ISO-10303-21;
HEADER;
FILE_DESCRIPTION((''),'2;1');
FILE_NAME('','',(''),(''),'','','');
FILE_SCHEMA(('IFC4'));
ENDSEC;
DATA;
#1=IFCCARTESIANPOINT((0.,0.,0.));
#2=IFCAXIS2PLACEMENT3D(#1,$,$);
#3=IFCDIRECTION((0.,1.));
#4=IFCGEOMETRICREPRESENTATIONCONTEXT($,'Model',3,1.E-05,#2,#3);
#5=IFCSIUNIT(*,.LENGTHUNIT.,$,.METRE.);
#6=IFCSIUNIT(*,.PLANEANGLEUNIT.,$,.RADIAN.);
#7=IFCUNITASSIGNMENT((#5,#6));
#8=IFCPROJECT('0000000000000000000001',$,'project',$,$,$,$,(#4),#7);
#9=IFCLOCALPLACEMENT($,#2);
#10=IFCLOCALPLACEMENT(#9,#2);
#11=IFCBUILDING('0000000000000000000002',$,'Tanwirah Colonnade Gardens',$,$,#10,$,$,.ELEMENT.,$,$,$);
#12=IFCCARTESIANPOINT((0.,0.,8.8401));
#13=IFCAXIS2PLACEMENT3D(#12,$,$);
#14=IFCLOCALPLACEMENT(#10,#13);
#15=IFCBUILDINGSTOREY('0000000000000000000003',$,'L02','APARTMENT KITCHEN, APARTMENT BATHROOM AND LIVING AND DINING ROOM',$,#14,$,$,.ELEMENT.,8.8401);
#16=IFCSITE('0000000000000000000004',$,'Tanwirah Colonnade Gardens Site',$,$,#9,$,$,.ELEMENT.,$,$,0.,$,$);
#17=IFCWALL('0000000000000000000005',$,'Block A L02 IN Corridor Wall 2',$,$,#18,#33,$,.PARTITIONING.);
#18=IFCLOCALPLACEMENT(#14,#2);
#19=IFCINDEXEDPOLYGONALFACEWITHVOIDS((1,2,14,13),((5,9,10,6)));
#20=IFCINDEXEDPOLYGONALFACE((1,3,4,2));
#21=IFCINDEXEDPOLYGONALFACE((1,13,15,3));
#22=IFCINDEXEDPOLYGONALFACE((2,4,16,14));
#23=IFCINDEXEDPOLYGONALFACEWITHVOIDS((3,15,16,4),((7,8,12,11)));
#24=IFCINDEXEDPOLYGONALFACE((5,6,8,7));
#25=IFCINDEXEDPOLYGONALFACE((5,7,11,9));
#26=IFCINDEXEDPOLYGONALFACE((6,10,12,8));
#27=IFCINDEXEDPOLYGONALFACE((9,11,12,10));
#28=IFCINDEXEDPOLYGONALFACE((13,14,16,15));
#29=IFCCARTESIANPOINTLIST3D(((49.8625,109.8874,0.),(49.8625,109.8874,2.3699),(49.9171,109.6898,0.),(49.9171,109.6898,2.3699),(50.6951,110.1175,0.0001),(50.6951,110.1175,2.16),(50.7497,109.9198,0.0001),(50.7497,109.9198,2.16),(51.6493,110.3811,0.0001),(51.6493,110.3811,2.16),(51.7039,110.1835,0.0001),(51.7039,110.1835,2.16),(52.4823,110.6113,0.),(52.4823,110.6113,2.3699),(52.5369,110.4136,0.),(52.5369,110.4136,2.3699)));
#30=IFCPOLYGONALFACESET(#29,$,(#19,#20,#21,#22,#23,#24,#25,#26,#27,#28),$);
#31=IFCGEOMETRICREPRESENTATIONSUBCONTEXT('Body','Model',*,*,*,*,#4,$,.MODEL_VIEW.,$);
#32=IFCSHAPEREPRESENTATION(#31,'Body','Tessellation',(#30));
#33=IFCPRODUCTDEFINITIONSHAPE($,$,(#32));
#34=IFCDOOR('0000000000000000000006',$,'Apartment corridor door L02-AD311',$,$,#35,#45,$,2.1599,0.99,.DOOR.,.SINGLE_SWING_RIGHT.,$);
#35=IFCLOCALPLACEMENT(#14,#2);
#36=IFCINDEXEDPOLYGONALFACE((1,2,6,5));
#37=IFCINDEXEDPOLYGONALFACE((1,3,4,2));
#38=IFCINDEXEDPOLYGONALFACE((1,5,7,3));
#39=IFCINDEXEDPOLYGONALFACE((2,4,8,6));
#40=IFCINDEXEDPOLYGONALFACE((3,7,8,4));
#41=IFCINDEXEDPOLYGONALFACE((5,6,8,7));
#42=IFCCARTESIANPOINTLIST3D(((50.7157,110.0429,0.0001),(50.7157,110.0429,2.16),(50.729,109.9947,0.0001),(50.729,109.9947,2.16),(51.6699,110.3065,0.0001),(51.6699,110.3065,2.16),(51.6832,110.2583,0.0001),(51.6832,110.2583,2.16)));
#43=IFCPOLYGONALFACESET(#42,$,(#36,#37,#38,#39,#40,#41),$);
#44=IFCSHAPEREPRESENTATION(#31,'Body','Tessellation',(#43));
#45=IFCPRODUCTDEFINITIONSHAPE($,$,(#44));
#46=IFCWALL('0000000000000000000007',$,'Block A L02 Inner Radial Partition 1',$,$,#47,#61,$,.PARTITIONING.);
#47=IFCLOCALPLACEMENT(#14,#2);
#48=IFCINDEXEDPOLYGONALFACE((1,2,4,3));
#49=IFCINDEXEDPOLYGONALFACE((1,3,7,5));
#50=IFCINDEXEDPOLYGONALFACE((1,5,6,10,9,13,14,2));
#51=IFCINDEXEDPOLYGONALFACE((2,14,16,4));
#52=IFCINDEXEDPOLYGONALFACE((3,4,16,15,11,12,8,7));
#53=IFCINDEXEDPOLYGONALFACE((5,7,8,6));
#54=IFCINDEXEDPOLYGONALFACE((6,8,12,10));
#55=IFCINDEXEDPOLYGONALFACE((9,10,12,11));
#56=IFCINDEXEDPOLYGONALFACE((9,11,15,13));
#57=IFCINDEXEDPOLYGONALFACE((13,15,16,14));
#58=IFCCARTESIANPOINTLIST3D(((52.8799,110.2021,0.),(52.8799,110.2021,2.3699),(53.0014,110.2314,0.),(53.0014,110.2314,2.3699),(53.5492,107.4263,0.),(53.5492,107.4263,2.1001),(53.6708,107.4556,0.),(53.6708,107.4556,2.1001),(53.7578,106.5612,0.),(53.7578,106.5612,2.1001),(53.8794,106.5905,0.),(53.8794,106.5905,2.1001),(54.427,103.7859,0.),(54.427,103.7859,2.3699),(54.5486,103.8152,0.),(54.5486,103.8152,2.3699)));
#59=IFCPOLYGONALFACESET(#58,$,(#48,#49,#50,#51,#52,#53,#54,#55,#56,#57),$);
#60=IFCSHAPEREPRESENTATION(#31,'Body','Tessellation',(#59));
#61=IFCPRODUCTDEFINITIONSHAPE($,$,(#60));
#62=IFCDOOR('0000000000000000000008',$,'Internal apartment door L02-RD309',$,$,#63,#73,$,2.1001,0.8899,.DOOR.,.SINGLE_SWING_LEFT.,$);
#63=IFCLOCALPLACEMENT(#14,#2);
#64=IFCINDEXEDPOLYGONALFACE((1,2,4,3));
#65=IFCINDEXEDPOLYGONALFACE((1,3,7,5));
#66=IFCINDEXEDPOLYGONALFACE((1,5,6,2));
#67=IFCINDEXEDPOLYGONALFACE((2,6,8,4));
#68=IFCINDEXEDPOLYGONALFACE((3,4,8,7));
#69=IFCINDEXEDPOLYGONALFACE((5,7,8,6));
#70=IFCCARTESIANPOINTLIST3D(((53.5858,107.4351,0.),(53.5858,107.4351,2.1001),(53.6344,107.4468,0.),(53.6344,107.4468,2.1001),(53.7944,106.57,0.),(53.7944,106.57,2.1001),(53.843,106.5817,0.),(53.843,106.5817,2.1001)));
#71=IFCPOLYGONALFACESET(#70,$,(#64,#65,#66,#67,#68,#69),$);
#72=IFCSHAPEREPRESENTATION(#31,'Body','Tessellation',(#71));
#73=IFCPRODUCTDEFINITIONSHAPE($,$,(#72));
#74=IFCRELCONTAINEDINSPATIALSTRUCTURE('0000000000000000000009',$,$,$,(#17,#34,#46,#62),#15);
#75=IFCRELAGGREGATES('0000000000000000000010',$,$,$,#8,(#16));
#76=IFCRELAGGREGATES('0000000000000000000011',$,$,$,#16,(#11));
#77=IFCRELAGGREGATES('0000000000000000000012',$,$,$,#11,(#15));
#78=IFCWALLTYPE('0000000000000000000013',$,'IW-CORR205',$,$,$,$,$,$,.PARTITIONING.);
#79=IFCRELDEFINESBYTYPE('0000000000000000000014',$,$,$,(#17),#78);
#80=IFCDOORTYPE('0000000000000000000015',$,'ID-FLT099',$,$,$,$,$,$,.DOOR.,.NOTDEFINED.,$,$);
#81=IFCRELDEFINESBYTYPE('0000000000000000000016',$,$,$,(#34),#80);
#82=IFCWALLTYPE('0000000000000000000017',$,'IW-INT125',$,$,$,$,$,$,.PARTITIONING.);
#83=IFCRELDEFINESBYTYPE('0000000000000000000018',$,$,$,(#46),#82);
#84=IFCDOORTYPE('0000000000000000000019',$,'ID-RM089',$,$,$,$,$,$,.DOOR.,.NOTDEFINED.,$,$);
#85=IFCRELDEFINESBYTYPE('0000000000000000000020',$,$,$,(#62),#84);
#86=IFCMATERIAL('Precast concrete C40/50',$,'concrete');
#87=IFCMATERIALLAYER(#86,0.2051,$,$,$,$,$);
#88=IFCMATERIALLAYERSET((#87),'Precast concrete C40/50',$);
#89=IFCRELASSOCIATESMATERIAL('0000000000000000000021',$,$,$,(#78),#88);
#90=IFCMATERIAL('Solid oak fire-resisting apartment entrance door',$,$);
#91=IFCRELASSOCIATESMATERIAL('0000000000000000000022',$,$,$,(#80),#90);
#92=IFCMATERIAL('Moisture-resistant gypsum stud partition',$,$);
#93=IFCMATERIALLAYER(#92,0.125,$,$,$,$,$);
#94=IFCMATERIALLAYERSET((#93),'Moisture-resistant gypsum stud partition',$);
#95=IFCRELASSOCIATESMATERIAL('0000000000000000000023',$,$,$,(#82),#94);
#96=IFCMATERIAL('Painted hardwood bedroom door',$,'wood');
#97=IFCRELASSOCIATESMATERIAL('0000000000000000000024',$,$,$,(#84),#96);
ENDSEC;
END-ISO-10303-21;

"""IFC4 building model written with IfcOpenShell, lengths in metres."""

from ifc_helpers import new_model, si_unit, direction, frame, frame_2d, origin, place, context, subcontext, project, spatial, rectangle, extrude, material, layer, layer_set, type_object, element, fill, save


model = new_model("IFC4")

# Units and contexts
model_context = context("Model", 3, precision=1e-05, world=origin(), true_north=direction((0.0, 1.0)))
body_context = subcontext(model_context, "Body", "Model", "MODEL_VIEW")
ifc_project = project(units=[si_unit("LENGTHUNIT", "METRE"), si_unit("PLANEANGLEUNIT", "RADIAN")], contexts=[model_context])

# Site, building, storey
site_placement = place(None, origin())
site = spatial("IfcSite", under=ifc_project, at=site_placement, Name="Tanwirah Colonnade Gardens Site", CompositionType="ELEMENT", RefElevation=0.0)
building_placement = place(site_placement, origin())
building = spatial("IfcBuilding", under=site, at=building_placement, Name="Tanwirah Colonnade Gardens", CompositionType="ELEMENT")
storey_placement = place(building_placement, frame((0.0, 0.0, 8.8401)))
storey = spatial("IfcBuildingStorey", under=building, at=storey_placement, Name="L02", Description="APARTMENT KITCHEN, APARTMENT BATHROOM AND LIVING AND DINING ROOM", CompositionType="ELEMENT", Elevation=8.8401)

# Shared definitions
ifc_material_1 = material(Name="Precast concrete C40/50", Category="concrete")

# Walls, openings, doors
ifc_layer_1 = layer(ifc_material_1, 0.2051)
ifc_layer_set_1 = layer_set([ifc_layer_1], Name="Precast concrete C40/50")
wall_type_1 = type_object("IfcWallType", Name="IW-CORR205", PredefinedType="PARTITIONING", material=ifc_layer_set_1)
ifc_material_2 = material(Name="Solid oak fire-resisting apartment entrance door")
wall_1_placement = place(storey_placement, frame((52.5095, 110.5125, 0.0), z_axis=(0.0, 0.0, 1.0), x_axis=(-0.963884, -0.266323, 0.0)))
wall_1 = element("IfcWall", 1, at=wall_1_placement, inside=storey, type_object=wall_type_1, Name="Block A L02 IN Corridor Wall 2", PredefinedType="PARTITIONING", context=body_context, shape_type="SweptSolid", body=[
    extrude(rectangle(XDim=2.718, YDim=0.2051, at=frame_2d((1.3589, 0.0))), origin(), (0.0, 0.0, 1.0), 2.3699),
])
opening_1_placement = place(wall_1_placement, frame((0.864, 0.0, 0.0)))
opening_1 = element("IfcOpeningElement", 2, at=opening_1_placement, cuts=wall_1, PredefinedType="OPENING", context=body_context, shape_type="SweptSolid", body=[
    extrude(rectangle(XDim=0.99, YDim=2.1599, at=frame_2d((0.4951, 1.0801))), frame((0.0, 0.1125, 0.0), z_axis=(0.0, -1.0, 0.0), x_axis=(1.0, 0.0, 0.0)), (0.0, 0.0, 1.0), 0.2251),
])
door_type_1 = type_object("IfcDoorType", Name="ID-FLT099", OperationType="NOTDEFINED", PredefinedType="DOOR", material=ifc_material_2)
door_1_placement = place(opening_1_placement, origin())
door_1 = element("IfcDoor", 3, at=door_1_placement, inside=storey, type_object=door_type_1, Name="Apartment corridor door L02-AD311", OperationType="SINGLE_SWING_RIGHT", OverallHeight=2.1599, OverallWidth=0.99, PredefinedType="DOOR", context=body_context, shape_type="SweptSolid", body=[
    extrude(rectangle(XDim=0.99, YDim=2.1599, at=frame_2d((0.4951, 1.0801))), frame((0.0, 0.0249, 0.0), z_axis=(0.0, -1.0, 0.0), x_axis=(1.0, 0.0, 0.0)), (0.0, 0.0, 1.0), 0.05),
])
fill(opening_1, door_1)
ifc_material_3 = material(Name="Moisture-resistant gypsum stud partition")
ifc_layer_2 = layer(ifc_material_3, 0.125)
ifc_layer_set_2 = layer_set([ifc_layer_2], Name="Moisture-resistant gypsum stud partition")
wall_type_2 = type_object("IfcWallType", Name="IW-INT125", PredefinedType="PARTITIONING", material=ifc_layer_set_2)
wall_2_placement = place(storey_placement, frame((54.4878, 103.8005, 0.0), z_axis=(0.0, 0.0, 1.0), x_axis=(-0.234407, 0.972139, 0.0)))
wall_2 = element("IfcWall", 4, at=wall_2_placement, inside=storey, type_object=wall_type_2, Name="Block A L02 Inner Radial Partition 1", PredefinedType="PARTITIONING", context=body_context, shape_type="SweptSolid", body=[
    extrude(rectangle(XDim=6.6001, YDim=0.125, at=frame_2d((3.3, 0.0))), origin(), (0.0, 0.0, 1.0), 2.3699),
])
opening_2_placement = place(wall_2_placement, frame((2.855, 0.0, 0.0)))
opening_2 = element("IfcOpeningElement", 5, at=opening_2_placement, cuts=wall_2, PredefinedType="OPENING", context=body_context, shape_type="SweptSolid", body=[
    extrude(rectangle(XDim=0.8899, YDim=2.1001, at=frame_2d((0.4448, 1.05))), frame((0.0, 0.0725, 0.0), z_axis=(0.0, -1.0, 0.0), x_axis=(1.0, 0.0, 0.0)), (0.0, 0.0, 1.0), 0.145),
])
ifc_material_4 = material(Name="Painted hardwood bedroom door", Category="wood")
door_type_2 = type_object("IfcDoorType", Name="ID-RM089", OperationType="NOTDEFINED", PredefinedType="DOOR", material=ifc_material_4)
door_2_placement = place(opening_2_placement, origin())
door_2 = element("IfcDoor", 6, at=door_2_placement, inside=storey, type_object=door_type_2, Name="Internal apartment door L02-RD309", OperationType="SINGLE_SWING_LEFT", OverallHeight=2.1001, OverallWidth=0.8899, PredefinedType="DOOR", context=body_context, shape_type="SweptSolid", body=[
    extrude(rectangle(XDim=0.8899, YDim=2.1001, at=frame_2d((0.4448, 1.05))), frame((0.0, 0.0249, 0.0), z_axis=(0.0, -1.0, 0.0), x_axis=(1.0, 0.0, 0.0)), (0.0, 0.0, 1.0), 0.05),
])
fill(opening_2, door_2)

save(model, "model.ifc")
